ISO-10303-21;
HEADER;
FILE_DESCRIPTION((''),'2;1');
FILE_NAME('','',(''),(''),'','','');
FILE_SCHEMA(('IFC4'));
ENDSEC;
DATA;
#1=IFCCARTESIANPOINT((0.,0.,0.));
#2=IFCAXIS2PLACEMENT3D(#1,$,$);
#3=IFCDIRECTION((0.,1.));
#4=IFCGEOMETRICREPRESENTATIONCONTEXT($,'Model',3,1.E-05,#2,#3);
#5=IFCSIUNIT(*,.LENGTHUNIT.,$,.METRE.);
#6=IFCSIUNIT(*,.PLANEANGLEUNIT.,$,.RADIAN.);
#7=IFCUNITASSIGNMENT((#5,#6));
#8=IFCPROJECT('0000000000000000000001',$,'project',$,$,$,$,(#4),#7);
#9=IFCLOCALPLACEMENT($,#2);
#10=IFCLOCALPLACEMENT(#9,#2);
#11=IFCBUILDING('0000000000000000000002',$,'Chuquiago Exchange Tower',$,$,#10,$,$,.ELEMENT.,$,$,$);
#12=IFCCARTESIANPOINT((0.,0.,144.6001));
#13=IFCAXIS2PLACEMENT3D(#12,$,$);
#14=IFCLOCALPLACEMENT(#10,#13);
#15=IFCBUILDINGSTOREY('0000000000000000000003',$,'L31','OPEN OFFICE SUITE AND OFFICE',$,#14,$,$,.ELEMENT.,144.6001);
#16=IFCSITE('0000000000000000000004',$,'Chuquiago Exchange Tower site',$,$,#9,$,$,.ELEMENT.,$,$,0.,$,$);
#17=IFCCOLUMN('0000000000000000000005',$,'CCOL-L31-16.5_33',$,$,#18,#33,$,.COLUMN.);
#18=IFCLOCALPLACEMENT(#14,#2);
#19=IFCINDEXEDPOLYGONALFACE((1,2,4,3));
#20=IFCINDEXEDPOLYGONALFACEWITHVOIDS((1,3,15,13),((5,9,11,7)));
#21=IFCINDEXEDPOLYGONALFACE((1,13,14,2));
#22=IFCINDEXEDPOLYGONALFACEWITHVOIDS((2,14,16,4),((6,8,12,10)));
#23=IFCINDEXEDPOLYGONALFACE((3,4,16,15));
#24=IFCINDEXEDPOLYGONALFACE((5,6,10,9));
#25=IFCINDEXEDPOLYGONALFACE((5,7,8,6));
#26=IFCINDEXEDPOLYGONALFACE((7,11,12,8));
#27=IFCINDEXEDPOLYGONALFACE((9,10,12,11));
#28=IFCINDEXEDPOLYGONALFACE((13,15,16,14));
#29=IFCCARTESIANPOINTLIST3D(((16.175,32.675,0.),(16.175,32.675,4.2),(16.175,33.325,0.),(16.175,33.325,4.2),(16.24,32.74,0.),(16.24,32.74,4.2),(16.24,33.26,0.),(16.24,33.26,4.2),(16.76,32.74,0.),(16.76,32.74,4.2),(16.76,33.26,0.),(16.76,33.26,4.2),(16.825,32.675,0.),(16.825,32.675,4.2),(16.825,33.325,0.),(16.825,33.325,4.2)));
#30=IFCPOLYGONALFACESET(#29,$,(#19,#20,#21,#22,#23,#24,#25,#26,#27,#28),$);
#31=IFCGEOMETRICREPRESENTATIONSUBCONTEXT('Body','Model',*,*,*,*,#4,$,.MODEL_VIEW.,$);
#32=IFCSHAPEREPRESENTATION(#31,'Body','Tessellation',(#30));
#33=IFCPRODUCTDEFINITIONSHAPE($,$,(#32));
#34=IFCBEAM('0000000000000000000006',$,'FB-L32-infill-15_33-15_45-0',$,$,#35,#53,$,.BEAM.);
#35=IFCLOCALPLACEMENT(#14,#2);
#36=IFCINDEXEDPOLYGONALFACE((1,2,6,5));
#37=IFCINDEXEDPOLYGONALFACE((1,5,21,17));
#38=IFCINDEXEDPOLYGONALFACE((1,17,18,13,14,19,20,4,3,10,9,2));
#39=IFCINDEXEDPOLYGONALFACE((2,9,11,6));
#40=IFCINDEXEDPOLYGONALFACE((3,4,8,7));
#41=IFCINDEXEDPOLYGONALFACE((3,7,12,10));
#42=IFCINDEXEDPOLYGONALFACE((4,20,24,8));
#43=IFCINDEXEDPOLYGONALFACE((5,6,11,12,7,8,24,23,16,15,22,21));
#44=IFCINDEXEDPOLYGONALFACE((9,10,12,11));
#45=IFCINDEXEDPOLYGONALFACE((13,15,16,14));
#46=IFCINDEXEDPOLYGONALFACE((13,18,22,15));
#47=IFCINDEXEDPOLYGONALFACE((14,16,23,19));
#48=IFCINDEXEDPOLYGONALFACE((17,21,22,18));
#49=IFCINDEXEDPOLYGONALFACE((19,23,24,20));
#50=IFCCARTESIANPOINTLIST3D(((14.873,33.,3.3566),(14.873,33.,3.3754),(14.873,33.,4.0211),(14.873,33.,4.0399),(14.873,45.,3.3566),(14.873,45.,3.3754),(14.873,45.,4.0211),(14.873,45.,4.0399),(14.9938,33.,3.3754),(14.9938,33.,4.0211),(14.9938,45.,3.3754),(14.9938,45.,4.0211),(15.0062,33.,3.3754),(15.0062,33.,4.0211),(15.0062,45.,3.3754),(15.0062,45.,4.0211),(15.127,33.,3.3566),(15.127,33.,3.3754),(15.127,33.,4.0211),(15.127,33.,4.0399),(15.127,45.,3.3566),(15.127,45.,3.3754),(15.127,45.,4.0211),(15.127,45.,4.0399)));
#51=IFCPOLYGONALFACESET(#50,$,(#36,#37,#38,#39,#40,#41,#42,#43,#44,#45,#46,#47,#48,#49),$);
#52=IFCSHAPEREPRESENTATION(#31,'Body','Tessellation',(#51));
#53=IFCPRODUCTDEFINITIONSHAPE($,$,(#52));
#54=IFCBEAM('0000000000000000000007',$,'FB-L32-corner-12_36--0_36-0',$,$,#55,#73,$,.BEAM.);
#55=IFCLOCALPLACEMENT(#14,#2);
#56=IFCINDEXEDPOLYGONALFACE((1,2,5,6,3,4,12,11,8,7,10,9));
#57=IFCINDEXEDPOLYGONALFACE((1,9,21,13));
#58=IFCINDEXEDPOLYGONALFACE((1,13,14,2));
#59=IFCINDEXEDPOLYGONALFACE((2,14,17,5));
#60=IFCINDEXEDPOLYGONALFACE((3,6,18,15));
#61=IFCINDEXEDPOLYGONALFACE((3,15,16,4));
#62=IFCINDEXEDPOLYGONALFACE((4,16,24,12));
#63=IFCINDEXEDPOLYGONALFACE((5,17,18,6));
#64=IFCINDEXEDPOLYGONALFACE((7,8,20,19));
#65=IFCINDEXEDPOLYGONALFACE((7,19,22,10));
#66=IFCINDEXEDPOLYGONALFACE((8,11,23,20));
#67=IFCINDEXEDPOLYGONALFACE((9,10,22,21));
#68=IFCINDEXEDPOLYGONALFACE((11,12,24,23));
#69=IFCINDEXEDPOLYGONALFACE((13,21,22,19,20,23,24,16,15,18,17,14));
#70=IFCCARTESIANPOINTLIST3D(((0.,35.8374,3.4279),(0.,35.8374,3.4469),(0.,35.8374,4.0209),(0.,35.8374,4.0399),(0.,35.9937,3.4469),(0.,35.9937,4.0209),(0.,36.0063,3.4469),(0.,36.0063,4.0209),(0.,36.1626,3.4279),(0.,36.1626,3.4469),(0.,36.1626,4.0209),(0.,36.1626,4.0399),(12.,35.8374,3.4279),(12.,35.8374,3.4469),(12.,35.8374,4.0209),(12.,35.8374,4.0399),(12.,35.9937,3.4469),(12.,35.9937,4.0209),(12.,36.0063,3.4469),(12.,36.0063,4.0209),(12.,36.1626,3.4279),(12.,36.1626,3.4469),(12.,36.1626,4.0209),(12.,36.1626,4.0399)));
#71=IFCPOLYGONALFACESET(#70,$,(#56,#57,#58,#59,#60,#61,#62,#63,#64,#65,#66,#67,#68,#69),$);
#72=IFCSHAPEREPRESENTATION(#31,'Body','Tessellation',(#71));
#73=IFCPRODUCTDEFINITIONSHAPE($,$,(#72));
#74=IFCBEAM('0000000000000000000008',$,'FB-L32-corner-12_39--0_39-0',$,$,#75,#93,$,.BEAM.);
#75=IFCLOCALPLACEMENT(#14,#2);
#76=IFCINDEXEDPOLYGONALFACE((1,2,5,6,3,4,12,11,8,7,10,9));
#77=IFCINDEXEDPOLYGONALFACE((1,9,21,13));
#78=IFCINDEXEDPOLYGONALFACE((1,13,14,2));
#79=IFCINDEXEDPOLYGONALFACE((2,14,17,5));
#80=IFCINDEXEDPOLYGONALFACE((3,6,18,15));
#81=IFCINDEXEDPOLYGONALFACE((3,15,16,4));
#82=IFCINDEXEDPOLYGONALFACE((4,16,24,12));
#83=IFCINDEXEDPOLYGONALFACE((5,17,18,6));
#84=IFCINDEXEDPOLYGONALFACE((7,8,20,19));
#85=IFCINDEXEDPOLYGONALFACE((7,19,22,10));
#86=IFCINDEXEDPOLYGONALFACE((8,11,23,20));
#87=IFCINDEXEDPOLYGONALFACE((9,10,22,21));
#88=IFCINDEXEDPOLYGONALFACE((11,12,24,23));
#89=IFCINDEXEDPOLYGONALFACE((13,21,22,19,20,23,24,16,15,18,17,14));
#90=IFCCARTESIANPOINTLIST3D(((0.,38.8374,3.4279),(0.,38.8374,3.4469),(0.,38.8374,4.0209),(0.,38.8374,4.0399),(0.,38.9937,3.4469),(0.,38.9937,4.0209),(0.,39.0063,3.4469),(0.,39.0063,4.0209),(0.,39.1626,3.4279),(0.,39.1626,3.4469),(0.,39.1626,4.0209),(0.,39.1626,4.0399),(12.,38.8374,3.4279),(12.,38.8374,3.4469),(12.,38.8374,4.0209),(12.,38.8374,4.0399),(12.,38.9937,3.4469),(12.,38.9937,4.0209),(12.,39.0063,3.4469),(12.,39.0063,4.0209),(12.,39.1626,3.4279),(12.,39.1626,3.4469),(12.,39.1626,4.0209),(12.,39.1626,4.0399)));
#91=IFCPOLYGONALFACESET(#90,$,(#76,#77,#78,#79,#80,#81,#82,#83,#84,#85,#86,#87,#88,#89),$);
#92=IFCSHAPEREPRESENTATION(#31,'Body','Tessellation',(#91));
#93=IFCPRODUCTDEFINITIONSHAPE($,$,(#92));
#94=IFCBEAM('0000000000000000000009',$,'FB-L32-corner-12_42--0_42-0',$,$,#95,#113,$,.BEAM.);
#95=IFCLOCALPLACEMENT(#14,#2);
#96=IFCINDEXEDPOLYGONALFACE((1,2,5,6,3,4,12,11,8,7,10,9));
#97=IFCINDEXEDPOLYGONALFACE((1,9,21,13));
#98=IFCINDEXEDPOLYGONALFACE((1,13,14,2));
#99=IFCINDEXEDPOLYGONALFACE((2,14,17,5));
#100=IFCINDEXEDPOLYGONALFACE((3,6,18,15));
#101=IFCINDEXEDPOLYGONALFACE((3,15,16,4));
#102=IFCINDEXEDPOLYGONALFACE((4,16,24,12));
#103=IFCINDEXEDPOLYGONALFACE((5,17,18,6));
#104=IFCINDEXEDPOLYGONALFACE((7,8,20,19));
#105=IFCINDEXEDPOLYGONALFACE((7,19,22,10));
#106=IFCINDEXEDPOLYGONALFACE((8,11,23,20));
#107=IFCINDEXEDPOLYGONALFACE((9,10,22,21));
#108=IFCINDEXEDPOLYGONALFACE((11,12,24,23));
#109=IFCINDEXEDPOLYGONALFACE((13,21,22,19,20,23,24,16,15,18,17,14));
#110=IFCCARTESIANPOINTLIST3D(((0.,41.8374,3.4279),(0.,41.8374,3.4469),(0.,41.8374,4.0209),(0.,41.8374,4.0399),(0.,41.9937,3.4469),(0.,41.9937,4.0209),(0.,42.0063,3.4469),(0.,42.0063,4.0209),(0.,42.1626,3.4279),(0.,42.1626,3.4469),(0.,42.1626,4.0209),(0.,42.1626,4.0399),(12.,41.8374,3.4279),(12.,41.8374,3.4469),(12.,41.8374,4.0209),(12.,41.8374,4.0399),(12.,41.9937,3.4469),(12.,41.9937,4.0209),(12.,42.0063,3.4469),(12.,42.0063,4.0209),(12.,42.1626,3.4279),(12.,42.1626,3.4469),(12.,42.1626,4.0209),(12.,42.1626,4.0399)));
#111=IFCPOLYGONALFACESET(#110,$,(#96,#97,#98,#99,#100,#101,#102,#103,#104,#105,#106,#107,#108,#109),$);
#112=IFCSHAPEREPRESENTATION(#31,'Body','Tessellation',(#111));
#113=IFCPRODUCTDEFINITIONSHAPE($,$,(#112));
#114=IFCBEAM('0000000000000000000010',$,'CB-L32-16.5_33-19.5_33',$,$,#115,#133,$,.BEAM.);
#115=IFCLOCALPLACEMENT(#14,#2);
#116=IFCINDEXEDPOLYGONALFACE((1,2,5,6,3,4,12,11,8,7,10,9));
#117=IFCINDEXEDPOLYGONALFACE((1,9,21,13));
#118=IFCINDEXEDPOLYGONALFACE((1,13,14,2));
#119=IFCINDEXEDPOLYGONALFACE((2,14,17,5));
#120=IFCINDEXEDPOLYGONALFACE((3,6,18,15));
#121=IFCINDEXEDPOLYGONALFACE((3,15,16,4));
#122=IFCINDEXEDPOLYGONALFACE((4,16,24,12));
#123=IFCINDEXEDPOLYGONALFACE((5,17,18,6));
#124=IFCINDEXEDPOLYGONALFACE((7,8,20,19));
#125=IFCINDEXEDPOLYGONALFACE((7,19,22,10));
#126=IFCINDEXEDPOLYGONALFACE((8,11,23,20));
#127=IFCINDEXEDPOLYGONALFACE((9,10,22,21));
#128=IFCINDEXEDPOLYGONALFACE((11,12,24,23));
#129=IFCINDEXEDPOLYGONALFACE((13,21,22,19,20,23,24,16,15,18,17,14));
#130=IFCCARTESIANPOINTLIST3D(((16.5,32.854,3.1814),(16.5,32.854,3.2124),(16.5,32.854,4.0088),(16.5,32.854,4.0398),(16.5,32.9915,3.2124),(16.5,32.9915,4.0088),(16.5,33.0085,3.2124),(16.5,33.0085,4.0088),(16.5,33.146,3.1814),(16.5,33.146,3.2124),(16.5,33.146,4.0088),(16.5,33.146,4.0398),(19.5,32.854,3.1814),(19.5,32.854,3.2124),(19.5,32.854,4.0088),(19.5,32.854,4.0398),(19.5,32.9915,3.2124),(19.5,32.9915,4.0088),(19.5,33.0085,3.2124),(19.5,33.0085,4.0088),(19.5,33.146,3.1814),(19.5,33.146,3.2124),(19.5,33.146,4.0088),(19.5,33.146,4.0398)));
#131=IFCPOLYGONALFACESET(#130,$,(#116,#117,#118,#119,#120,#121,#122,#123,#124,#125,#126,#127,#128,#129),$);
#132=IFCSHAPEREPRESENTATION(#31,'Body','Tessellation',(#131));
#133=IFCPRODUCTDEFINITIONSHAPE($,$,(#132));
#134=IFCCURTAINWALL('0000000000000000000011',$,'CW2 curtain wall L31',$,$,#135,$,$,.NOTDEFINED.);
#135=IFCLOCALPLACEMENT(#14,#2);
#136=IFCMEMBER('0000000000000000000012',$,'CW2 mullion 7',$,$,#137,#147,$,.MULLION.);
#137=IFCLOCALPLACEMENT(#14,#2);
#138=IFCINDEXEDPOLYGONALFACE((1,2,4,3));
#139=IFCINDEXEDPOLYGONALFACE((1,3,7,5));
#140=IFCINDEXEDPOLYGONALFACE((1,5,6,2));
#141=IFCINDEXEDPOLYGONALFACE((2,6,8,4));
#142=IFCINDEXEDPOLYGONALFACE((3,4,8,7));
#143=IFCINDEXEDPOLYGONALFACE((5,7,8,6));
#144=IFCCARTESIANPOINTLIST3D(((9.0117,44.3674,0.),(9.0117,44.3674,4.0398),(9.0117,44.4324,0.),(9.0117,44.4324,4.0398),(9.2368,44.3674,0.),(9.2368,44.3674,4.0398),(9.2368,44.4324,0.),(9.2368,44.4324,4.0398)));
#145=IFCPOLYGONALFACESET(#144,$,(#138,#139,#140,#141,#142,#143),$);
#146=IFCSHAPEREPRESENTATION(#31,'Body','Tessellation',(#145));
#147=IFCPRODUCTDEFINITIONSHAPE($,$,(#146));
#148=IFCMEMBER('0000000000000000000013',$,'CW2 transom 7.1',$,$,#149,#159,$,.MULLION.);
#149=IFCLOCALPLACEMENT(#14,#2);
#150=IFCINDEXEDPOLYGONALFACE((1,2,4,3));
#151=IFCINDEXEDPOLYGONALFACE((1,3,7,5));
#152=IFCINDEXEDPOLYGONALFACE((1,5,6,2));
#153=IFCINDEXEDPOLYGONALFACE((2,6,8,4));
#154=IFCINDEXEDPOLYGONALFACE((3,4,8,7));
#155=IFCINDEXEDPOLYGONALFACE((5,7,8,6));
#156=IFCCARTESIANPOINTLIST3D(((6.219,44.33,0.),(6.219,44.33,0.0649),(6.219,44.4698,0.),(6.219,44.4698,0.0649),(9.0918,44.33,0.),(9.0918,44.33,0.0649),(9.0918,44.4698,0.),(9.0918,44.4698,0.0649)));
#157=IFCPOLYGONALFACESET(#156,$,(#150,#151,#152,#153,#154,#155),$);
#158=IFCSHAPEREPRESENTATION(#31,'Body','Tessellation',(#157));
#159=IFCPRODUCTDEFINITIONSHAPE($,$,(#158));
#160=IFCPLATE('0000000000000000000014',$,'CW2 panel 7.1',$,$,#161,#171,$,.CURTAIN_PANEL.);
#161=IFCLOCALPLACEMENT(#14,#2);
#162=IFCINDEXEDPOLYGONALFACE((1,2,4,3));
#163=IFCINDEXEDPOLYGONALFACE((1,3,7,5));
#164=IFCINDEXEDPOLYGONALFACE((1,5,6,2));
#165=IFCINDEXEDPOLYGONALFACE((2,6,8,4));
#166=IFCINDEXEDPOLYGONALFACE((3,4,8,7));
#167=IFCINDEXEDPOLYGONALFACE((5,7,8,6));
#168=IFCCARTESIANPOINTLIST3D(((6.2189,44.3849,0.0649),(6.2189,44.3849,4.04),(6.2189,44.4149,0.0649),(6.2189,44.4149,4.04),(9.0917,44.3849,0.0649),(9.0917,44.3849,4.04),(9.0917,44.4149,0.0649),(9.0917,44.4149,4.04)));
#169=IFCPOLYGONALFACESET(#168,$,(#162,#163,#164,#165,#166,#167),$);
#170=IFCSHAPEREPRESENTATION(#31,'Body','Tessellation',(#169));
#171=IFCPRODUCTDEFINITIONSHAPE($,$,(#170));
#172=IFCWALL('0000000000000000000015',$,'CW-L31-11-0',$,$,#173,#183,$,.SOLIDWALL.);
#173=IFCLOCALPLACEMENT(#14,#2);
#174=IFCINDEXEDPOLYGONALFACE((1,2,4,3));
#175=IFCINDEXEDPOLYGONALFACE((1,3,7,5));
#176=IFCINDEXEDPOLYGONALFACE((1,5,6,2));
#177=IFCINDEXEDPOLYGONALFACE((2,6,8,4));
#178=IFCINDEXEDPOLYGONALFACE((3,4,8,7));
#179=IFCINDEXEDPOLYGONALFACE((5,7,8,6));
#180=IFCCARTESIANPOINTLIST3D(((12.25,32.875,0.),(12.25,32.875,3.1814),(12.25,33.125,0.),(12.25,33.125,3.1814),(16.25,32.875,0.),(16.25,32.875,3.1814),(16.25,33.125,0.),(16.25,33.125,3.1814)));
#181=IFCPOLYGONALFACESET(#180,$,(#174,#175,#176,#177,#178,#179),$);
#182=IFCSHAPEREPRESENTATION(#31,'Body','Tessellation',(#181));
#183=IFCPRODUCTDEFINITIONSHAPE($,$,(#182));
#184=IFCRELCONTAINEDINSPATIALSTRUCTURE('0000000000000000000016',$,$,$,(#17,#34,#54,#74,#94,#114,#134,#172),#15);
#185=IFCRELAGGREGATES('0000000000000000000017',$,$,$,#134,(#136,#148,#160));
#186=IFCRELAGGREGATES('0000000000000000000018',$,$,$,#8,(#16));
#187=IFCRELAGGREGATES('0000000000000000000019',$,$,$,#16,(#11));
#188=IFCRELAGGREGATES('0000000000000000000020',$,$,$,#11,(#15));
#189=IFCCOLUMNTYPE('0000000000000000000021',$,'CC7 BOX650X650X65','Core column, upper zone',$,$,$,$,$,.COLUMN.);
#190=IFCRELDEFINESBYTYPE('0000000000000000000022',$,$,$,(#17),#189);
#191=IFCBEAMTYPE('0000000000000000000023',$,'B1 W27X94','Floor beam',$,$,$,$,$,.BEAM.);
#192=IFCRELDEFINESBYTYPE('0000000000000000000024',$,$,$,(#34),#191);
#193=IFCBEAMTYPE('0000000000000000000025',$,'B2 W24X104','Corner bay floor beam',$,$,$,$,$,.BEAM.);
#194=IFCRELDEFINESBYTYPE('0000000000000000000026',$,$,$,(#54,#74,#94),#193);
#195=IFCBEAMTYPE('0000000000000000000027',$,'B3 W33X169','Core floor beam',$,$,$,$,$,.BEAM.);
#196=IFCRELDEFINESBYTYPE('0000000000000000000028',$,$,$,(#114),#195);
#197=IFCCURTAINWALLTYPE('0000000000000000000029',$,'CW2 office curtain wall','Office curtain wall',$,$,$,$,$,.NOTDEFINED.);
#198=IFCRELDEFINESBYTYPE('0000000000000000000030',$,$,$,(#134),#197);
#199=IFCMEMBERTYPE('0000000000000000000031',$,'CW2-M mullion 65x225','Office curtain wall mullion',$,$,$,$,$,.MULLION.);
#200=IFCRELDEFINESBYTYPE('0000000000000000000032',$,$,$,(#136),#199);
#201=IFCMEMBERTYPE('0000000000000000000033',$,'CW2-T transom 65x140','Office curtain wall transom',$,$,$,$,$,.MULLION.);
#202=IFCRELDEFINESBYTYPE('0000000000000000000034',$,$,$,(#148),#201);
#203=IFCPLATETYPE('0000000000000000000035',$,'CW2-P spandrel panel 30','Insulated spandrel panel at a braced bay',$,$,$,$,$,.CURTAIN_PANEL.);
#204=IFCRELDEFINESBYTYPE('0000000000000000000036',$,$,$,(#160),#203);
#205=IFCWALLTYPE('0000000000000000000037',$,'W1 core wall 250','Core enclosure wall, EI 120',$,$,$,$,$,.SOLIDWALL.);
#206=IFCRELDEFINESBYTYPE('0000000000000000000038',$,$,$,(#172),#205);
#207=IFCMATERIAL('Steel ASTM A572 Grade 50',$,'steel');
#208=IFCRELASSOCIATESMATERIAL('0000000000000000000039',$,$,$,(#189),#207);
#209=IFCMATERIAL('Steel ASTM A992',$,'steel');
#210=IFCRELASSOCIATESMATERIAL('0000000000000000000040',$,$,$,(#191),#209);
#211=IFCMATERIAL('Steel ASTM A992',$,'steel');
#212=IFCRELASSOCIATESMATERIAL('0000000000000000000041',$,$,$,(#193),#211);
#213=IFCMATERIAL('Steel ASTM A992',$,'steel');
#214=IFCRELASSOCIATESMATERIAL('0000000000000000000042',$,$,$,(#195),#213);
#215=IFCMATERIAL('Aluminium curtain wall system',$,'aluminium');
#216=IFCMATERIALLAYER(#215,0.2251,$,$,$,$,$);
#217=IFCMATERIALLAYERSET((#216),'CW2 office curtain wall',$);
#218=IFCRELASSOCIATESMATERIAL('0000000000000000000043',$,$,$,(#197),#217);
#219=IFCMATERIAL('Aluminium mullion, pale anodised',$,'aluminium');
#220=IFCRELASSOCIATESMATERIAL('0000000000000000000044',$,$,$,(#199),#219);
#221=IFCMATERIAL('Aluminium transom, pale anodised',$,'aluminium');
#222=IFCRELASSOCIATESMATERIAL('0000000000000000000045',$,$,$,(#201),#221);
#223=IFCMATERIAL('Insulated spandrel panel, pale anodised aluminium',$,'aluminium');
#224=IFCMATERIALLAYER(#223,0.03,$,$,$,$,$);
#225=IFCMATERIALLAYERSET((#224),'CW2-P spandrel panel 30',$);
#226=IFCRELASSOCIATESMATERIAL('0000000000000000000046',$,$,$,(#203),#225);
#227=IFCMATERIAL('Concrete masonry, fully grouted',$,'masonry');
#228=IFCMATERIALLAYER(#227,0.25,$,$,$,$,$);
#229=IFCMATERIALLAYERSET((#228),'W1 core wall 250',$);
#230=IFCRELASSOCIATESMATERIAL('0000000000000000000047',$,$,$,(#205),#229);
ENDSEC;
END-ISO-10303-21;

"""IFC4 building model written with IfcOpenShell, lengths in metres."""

from ifc_helpers import new_model, si_unit, direction, frame, frame_2d, origin, origin_2d, place, context, subcontext, project, spatial, rectangle, hollow_rectangle, i_section, extrude, material, layer, layer_set, material_profile, profile_set, type_object, element, aggregate, save


model = new_model("IFC4")

# Units and contexts
model_context = context("Model", 3, precision=1e-05, world=origin(), true_north=direction((0.0, 1.0)))
body_context = subcontext(model_context, "Body", "Model", "MODEL_VIEW")
ifc_project = project(units=[si_unit("LENGTHUNIT", "METRE"), si_unit("PLANEANGLEUNIT", "RADIAN")], contexts=[model_context])

# Site, building, storey
site_placement = place(None, origin())
site = spatial("IfcSite", under=ifc_project, at=site_placement, Name="Chuquiago Exchange Tower site", CompositionType="ELEMENT", RefElevation=0.0)
building_placement = place(site_placement, origin())
building = spatial("IfcBuilding", under=site, at=building_placement, Name="Chuquiago Exchange Tower", CompositionType="ELEMENT")
storey_placement = place(building_placement, frame((0.0, 0.0, 144.6001)))
storey = spatial("IfcBuildingStorey", under=building, at=storey_placement, Name="L31", Description="OPEN OFFICE SUITE AND OFFICE", CompositionType="ELEMENT", Elevation=144.6001)

# Column
ifc_material_1 = material(Name="Steel ASTM A572 Grade 50", Category="steel")
ifc_material_profile_1 = material_profile(ifc_material_1, hollow_rectangle(XDim=0.6499, YDim=0.6499, WallThickness=0.0649, at=origin_2d()), Name="BOX650X650X65")
ifc_profile_set_1 = profile_set([ifc_material_profile_1], Name="Steel ASTM A572 Grade 50")
column_type = type_object("IfcColumnType", Name="CC7 BOX650X650X65", Description="Core column, upper zone", PredefinedType="COLUMN", material=ifc_profile_set_1)
column_placement = place(storey_placement, frame((16.5, 33.0, 0.0), z_axis=(0.0, 0.0, 1.0), x_axis=(1.0, 0.0, 0.0)))
element("IfcColumn", 1, at=column_placement, inside=storey, type_object=column_type, Name="CCOL-L31-16.5_33", PredefinedType="COLUMN", context=body_context, shape_type="SweptSolid", body=[
    extrude(hollow_rectangle(XDim=0.6499, YDim=0.6499, WallThickness=0.0649, at=origin_2d()), origin(), (0.0, 0.0, 1.0), 4.2),
])

# Beams
ifc_material_2 = material(Name="Steel ASTM A992", Category="steel")
ifc_material_profile_2 = material_profile(ifc_material_2, i_section(OverallWidth=0.2539, OverallDepth=0.6833, WebThickness=0.0125, FlangeThickness=0.0188, at=origin_2d()), Name="W27X94")
ifc_profile_set_2 = profile_set([ifc_material_profile_2], Name="Steel ASTM A992")
beam_type_1 = type_object("IfcBeamType", Name="B1 W27X94", Description="Floor beam", PredefinedType="BEAM", material=ifc_profile_set_2)
beam_1_placement = place(storey_placement, frame((15.0, 33.0, 3.6982), z_axis=(0.0, 1.0, 0.0), x_axis=(-1.0, 0.0, 0.0)))
element("IfcBeam", 2, at=beam_1_placement, inside=storey, type_object=beam_type_1, Name="FB-L32-infill-15_33-15_45-0", PredefinedType="BEAM", context=body_context, shape_type="SweptSolid", body=[
    extrude(i_section(OverallWidth=0.2539, OverallDepth=0.6833, WebThickness=0.0125, FlangeThickness=0.0188, at=origin_2d()), origin(), (0.0, 0.0, 1.0), 12.0),
])
ifc_material_3 = material(Name="Steel ASTM A992", Category="steel")
ifc_material_profile_3 = material_profile(ifc_material_3, i_section(OverallWidth=0.3252, OverallDepth=0.6121, WebThickness=0.0127, FlangeThickness=0.019, at=origin_2d()), Name="W24X104")
ifc_profile_set_3 = profile_set([ifc_material_profile_3], Name="Steel ASTM A992")
beam_type_2 = type_object("IfcBeamType", Name="B2 W24X104", Description="Corner bay floor beam", PredefinedType="BEAM", material=ifc_profile_set_3)
for number, where, z_axis, x_axis, name in (
    (3, (12.0, 36.0, 3.7339), (-1.0, 0.0, 0.0), (0.0, -1.0, 0.0), "FB-L32-corner-12_36--0_36-0"),
    (4, (12.0, 39.0, 3.7339), (-1.0, 0.0, 0.0), (0.0, -1.0, 0.0), "FB-L32-corner-12_39--0_39-0"),
    (5, (12.0, 42.0, 3.7339), (-1.0, 0.0, 0.0), (0.0, -1.0, 0.0), "FB-L32-corner-12_42--0_42-0"),
):
    element("IfcBeam", number, at=place(storey_placement, frame(where, z_axis=z_axis, x_axis=x_axis)), inside=storey, type_object=beam_type_2, Name=name, PredefinedType="BEAM", context=body_context, shape_type="SweptSolid", body=[
        extrude(i_section(OverallWidth=0.3252, OverallDepth=0.6121, WebThickness=0.0127, FlangeThickness=0.019, at=origin_2d()), origin(), (0.0, 0.0, 1.0), 12.0),
    ])
ifc_material_4 = material(Name="Steel ASTM A992", Category="steel")
ifc_material_profile_4 = material_profile(ifc_material_4, i_section(OverallWidth=0.292, OverallDepth=0.8584, WebThickness=0.0171, FlangeThickness=0.031, at=origin_2d()), Name="W33X169")
ifc_profile_set_4 = profile_set([ifc_material_profile_4], Name="Steel ASTM A992")
beam_type_3 = type_object("IfcBeamType", Name="B3 W33X169", Description="Core floor beam", PredefinedType="BEAM", material=ifc_profile_set_4)
beam_2_placement = place(storey_placement, frame((16.5, 33.0, 3.6106), z_axis=(1.0, 0.0, 0.0), x_axis=(0.0, 1.0, 0.0)))
element("IfcBeam", 6, at=beam_2_placement, inside=storey, type_object=beam_type_3, Name="CB-L32-16.5_33-19.5_33", PredefinedType="BEAM", context=body_context, shape_type="SweptSolid", body=[
    extrude(i_section(OverallWidth=0.292, OverallDepth=0.8584, WebThickness=0.0171, FlangeThickness=0.031, at=origin_2d()), origin(), (0.0, 0.0, 1.0), 3.0),
])

# Curtain wall, members, plate
ifc_material_5 = material(Name="Aluminium curtain wall system", Category="aluminium")
ifc_layer_1 = layer(ifc_material_5, 0.2251)
ifc_layer_set_1 = layer_set([ifc_layer_1], Name="CW2 office curtain wall")
curtain_wall_type = type_object("IfcCurtainWallType", Name="CW2 office curtain wall", Description="Office curtain wall", PredefinedType="NOTDEFINED", material=ifc_layer_set_1)
curtain_wall_placement = place(storey_placement, origin())
curtain_wall = element("IfcCurtainWall", 7, at=curtain_wall_placement, inside=storey, type_object=curtain_wall_type, Name="CW2 curtain wall L31", PredefinedType="NOTDEFINED")
ifc_material_6 = material(Name="Aluminium mullion, pale anodised", Category="aluminium")
ifc_material_profile_5 = material_profile(ifc_material_6, rectangle(XDim=0.0649, YDim=0.2251, at=origin_2d()), Name="AL 65x225")
ifc_profile_set_5 = profile_set([ifc_material_profile_5], Name="Aluminium mullion, pale anodised")
member_type_1 = type_object("IfcMemberType", Name="CW2-M mullion 65x225", Description="Office curtain wall mullion", PredefinedType="MULLION", material=ifc_profile_set_5)
member_1_placement = place(storey_placement, frame((9.1243, 44.3999, 0.0), z_axis=(0.0, 0.0, 1.0), x_axis=(0.0, -1.0, 0.0)))
member_1 = element("IfcMember", 8, at=member_1_placement, type_object=member_type_1, Name="CW2 mullion 7", PredefinedType="MULLION", context=body_context, shape_type="SweptSolid", body=[
    extrude(rectangle(XDim=0.0649, YDim=0.2251, at=origin_2d()), origin(), (0.0, 0.0, 1.0), 4.0398),
])
ifc_material_7 = material(Name="Aluminium transom, pale anodised", Category="aluminium")
ifc_material_profile_6 = material_profile(ifc_material_7, rectangle(XDim=0.1399, YDim=0.0649, at=origin_2d()), Name="AL 140x65")
ifc_profile_set_6 = profile_set([ifc_material_profile_6], Name="Aluminium transom, pale anodised")
member_type_2 = type_object("IfcMemberType", Name="CW2-T transom 65x140", Description="Office curtain wall transom", PredefinedType="MULLION", material=ifc_profile_set_6)
member_2_placement = place(storey_placement, frame((9.0918, 44.3999, 0.0325), z_axis=(-1.0, 0.0, 0.0), x_axis=(0.0, -1.0, 0.0)))
member_2 = element("IfcMember", 9, at=member_2_placement, type_object=member_type_2, Name="CW2 transom 7.1", PredefinedType="MULLION", context=body_context, shape_type="SweptSolid", body=[
    extrude(rectangle(XDim=0.1399, YDim=0.0649, at=origin_2d()), origin(), (0.0, 0.0, 1.0), 2.8728),
])
ifc_material_8 = material(Name="Insulated spandrel panel, pale anodised aluminium", Category="aluminium")
ifc_layer_2 = layer(ifc_material_8, 0.03)
ifc_layer_set_2 = layer_set([ifc_layer_2], Name="CW2-P spandrel panel 30")
plate_type = type_object("IfcPlateType", Name="CW2-P spandrel panel 30", Description="Insulated spandrel panel at a braced bay", PredefinedType="CURTAIN_PANEL", material=ifc_layer_set_2)
plate_placement = place(storey_placement, frame((7.6553, 44.3999, 0.0649), z_axis=(0.0, 0.0, 1.0), x_axis=(-1.0, 0.0, 0.0)))
plate = element("IfcPlate", 10, at=plate_placement, type_object=plate_type, Name="CW2 panel 7.1", PredefinedType="CURTAIN_PANEL", context=body_context, shape_type="SweptSolid", body=[
    extrude(rectangle(XDim=2.8728, YDim=0.03, at=origin_2d()), origin(), (0.0, 0.0, 1.0), 3.9751),
])
aggregate(curtain_wall, [member_1, member_2, plate])

# Wall
ifc_material_9 = material(Name="Concrete masonry, fully grouted", Category="masonry")
ifc_layer_3 = layer(ifc_material_9, 0.25)
ifc_layer_set_3 = layer_set([ifc_layer_3], Name="W1 core wall 250")
wall_type_1 = type_object("IfcWallType", Name="W1 core wall 250", Description="Core enclosure wall, EI 120", PredefinedType="SOLIDWALL", material=ifc_layer_set_3)
wall_1_placement = place(storey_placement, frame((12.25, 33.0, 0.0), z_axis=(0.0, 0.0, 1.0), x_axis=(1.0, 0.0, 0.0)))
element("IfcWall", 11, at=wall_1_placement, inside=storey, type_object=wall_type_1, Name="CW-L31-11-0", PredefinedType="SOLIDWALL", context=body_context, shape_type="SweptSolid", body=[
    extrude(rectangle(XDim=4.0, YDim=0.25, at=frame_2d((2.0, 0.0))), origin(), (0.0, 0.0, 1.0), 3.1814),
])

save(model, "model.ifc")
